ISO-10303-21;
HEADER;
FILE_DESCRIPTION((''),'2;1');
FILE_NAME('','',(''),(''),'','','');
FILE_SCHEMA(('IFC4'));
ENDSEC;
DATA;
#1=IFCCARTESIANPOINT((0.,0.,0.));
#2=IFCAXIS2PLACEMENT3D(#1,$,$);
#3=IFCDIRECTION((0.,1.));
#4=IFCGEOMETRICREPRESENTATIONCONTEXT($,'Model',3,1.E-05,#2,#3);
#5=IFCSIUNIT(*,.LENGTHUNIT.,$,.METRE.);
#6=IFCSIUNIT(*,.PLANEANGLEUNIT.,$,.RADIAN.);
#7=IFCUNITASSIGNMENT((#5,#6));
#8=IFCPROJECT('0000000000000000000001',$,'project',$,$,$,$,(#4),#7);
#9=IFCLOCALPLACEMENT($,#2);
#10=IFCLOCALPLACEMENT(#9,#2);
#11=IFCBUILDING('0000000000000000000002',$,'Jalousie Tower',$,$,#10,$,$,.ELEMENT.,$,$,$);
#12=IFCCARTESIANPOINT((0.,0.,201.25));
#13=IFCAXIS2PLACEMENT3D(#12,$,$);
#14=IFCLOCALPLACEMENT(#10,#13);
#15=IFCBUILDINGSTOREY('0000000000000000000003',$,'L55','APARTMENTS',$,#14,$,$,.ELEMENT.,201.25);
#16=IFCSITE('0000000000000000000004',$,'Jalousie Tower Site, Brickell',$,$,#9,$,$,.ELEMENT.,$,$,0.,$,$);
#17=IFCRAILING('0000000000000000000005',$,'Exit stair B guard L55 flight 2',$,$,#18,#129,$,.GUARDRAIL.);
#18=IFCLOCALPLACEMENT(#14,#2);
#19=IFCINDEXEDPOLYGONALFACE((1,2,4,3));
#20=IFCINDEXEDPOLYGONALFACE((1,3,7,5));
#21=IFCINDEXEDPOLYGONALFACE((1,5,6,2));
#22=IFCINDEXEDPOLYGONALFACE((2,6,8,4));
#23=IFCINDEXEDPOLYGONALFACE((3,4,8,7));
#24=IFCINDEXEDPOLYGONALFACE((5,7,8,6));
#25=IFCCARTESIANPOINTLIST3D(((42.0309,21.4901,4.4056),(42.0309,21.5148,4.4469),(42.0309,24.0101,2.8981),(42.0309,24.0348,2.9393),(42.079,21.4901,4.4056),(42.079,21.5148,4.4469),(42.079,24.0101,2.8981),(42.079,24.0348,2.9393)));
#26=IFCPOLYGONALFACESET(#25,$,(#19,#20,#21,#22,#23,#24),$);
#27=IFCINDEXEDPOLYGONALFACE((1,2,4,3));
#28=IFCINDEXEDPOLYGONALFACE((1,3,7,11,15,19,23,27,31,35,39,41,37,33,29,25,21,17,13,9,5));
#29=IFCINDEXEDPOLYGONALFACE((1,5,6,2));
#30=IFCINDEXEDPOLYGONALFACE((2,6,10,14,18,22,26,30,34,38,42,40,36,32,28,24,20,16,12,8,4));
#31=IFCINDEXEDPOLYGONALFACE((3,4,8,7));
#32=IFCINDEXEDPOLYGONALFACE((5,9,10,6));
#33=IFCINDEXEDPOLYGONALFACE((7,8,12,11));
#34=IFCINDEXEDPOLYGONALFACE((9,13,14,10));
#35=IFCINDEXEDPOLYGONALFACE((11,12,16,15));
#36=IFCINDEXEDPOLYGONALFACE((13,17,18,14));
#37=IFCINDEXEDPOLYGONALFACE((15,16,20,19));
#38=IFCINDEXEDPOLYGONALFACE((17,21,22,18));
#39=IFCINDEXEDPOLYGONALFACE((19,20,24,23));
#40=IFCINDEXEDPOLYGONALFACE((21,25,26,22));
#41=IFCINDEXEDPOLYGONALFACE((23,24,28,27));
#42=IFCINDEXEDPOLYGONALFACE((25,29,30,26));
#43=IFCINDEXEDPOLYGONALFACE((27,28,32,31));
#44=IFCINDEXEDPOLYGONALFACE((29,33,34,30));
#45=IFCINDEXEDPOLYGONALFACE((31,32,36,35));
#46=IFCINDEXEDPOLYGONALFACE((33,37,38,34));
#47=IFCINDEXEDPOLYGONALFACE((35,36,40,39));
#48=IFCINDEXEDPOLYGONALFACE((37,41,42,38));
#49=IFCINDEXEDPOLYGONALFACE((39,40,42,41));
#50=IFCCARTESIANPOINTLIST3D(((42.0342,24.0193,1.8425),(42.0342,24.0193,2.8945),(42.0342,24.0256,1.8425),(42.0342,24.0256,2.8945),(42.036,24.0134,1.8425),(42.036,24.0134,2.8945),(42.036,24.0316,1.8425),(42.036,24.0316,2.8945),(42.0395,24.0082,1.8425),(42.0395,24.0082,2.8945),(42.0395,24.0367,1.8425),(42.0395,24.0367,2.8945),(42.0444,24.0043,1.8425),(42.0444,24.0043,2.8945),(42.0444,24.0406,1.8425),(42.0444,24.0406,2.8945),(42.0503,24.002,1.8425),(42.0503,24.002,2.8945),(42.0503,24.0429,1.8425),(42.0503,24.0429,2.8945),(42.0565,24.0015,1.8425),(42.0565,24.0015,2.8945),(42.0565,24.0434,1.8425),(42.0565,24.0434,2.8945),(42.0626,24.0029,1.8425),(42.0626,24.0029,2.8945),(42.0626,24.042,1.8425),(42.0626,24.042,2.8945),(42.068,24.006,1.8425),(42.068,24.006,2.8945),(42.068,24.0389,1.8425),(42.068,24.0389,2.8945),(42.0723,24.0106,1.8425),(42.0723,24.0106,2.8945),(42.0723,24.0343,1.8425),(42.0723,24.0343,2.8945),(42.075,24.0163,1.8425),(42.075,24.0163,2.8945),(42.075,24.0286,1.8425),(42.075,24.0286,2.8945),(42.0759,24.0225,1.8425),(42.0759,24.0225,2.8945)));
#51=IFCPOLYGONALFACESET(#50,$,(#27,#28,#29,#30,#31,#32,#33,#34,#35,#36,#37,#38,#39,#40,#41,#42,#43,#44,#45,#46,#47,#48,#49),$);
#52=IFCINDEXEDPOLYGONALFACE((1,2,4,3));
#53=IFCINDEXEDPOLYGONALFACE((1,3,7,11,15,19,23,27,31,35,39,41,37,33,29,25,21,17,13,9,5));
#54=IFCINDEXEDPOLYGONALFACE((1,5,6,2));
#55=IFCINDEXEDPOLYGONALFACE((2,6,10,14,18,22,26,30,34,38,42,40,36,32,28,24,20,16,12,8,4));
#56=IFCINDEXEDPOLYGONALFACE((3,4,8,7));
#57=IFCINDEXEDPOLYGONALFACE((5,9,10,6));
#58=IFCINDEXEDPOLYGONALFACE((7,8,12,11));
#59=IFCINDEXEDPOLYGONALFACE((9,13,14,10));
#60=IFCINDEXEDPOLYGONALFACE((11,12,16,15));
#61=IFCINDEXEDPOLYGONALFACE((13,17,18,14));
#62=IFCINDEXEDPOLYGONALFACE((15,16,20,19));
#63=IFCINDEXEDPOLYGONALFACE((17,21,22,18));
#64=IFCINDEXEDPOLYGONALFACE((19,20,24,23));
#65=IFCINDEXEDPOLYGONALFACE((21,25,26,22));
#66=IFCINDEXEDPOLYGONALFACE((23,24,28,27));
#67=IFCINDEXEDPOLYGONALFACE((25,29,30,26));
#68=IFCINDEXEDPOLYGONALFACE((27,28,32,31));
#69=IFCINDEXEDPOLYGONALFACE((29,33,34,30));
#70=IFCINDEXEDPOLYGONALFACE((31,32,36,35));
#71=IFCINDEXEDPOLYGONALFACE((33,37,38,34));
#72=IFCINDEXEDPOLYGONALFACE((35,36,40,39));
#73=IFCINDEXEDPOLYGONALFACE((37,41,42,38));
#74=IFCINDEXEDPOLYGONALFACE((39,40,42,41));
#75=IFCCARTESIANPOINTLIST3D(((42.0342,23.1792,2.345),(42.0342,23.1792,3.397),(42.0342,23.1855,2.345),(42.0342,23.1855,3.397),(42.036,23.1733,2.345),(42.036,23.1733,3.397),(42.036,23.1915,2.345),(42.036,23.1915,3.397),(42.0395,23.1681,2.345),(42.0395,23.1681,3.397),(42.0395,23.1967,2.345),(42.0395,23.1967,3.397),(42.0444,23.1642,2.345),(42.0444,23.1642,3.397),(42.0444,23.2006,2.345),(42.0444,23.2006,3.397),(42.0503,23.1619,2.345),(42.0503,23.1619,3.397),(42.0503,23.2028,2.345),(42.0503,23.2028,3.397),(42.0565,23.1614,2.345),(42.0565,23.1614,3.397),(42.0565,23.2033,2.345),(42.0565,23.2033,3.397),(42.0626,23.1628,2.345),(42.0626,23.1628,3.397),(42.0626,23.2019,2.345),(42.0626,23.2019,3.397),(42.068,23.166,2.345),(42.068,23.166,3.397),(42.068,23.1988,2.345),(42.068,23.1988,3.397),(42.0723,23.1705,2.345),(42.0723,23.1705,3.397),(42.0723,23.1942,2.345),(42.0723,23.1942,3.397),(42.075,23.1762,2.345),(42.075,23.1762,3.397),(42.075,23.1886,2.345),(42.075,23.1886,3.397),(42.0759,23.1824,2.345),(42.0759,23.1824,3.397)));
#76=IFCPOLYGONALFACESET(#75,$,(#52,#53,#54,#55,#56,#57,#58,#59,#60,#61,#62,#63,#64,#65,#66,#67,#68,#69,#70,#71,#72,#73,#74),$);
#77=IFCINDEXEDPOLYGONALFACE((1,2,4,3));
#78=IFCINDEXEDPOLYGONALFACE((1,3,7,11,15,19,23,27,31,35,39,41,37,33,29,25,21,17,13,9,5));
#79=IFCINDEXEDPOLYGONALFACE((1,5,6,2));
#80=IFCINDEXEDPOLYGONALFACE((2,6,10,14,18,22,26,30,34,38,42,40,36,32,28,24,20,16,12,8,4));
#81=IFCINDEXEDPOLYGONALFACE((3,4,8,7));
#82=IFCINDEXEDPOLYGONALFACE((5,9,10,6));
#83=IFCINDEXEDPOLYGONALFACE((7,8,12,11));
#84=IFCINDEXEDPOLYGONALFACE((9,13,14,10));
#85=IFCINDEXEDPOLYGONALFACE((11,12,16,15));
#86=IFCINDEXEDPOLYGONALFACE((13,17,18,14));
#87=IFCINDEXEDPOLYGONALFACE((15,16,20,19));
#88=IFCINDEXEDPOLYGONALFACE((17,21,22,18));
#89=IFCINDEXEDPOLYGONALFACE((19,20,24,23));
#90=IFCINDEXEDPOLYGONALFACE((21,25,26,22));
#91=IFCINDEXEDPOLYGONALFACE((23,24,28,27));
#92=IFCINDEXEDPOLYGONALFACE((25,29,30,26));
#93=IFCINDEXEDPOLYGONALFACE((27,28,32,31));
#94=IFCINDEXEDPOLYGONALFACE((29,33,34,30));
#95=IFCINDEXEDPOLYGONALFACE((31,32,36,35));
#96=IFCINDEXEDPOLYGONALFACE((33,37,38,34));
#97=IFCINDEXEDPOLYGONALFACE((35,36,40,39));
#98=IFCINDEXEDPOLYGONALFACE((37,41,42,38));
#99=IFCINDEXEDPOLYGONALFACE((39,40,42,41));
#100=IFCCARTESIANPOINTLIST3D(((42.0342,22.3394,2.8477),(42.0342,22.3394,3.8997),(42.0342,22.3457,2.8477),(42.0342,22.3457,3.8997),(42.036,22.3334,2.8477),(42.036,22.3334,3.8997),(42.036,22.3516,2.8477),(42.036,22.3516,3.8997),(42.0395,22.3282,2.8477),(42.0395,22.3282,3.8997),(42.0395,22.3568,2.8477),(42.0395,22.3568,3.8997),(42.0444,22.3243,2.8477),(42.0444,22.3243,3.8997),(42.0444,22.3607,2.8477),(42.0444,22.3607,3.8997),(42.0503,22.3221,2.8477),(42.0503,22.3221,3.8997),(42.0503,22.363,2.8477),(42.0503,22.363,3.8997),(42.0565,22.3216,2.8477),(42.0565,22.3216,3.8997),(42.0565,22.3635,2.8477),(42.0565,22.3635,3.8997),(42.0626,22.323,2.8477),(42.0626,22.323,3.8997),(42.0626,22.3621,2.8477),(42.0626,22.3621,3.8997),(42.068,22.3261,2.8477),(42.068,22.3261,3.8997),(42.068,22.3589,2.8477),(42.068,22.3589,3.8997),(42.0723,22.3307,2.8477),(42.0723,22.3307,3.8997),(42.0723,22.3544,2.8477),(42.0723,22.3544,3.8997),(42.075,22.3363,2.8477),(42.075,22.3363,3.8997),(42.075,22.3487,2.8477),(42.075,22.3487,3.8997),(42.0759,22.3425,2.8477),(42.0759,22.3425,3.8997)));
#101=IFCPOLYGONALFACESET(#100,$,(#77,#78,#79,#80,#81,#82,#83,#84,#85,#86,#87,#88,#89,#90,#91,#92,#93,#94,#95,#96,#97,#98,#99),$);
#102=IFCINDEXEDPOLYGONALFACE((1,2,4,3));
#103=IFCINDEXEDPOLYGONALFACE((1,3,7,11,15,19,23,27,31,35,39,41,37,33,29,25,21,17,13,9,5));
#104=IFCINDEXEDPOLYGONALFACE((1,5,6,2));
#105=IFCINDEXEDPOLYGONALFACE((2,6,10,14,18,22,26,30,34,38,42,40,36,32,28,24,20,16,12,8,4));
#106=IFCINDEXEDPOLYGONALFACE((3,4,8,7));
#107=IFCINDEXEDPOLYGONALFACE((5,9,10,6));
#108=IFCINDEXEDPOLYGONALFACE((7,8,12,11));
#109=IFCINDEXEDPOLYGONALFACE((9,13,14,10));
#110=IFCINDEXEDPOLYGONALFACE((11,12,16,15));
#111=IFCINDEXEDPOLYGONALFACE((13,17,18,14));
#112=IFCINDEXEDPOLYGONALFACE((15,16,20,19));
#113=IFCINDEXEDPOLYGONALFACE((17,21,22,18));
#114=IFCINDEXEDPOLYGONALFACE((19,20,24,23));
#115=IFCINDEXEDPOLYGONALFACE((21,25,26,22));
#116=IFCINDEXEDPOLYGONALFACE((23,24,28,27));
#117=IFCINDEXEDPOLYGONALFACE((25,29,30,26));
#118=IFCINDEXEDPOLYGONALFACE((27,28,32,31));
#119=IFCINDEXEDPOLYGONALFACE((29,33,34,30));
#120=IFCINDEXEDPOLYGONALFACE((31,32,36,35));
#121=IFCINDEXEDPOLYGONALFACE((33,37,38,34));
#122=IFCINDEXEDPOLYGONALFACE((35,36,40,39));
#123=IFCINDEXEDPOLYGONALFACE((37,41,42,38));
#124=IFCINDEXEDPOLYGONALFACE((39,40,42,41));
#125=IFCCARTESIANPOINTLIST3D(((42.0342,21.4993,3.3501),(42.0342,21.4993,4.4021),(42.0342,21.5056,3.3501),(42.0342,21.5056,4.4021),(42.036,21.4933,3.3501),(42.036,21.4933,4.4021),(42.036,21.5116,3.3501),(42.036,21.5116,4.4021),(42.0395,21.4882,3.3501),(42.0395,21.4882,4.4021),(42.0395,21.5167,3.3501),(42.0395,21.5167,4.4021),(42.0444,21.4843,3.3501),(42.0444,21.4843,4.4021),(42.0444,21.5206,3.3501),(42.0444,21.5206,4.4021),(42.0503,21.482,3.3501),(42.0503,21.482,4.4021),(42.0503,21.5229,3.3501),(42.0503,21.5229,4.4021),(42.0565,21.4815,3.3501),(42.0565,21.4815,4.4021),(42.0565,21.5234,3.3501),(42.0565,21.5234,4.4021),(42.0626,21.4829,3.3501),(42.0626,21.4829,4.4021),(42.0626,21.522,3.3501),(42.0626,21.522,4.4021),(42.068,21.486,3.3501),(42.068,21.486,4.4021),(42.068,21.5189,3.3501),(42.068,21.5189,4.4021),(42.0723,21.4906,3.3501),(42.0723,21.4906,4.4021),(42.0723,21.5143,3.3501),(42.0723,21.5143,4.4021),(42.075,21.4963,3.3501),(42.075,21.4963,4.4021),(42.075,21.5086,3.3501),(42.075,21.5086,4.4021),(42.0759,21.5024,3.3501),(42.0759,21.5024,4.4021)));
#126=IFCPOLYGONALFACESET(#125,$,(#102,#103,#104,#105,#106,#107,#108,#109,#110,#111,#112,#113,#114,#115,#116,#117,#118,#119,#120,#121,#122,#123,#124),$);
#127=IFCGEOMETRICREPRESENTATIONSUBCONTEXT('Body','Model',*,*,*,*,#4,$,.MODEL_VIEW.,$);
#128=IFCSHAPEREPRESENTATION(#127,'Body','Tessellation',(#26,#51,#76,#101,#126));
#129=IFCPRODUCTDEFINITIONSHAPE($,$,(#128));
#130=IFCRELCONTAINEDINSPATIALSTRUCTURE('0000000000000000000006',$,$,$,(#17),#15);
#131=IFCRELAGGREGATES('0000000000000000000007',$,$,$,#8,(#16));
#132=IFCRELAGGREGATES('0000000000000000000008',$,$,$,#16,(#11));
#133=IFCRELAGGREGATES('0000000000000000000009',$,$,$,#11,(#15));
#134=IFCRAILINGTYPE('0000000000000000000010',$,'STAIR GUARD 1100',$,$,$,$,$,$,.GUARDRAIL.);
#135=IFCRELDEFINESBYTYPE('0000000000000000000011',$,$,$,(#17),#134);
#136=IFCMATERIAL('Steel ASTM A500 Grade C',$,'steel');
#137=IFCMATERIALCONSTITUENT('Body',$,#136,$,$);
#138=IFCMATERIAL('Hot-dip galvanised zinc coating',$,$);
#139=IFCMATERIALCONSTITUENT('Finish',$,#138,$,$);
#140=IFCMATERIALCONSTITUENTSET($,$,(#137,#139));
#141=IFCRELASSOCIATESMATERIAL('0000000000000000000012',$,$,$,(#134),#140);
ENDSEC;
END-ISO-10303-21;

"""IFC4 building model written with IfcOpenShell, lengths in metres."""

from ifc_helpers import new_model, si_unit, direction, frame, origin, origin_2d, place, context, subcontext, project, spatial, rectangle, circle, extrude, material, constituent, constituent_set, type_object, element, save


model = new_model("IFC4")

# Units and contexts
model_context = context("Model", 3, precision=1e-05, world=origin(), true_north=direction((0.0, 1.0)))
body_context = subcontext(model_context, "Body", "Model", "MODEL_VIEW")
ifc_project = project(units=[si_unit("LENGTHUNIT", "METRE"), si_unit("PLANEANGLEUNIT", "RADIAN")], contexts=[model_context])

# Site, building, storey
site_placement = place(None, origin())
site = spatial("IfcSite", under=ifc_project, at=site_placement, Name="Jalousie Tower Site, Brickell", CompositionType="ELEMENT", RefElevation=0.0)
building_placement = place(site_placement, origin())
building = spatial("IfcBuilding", under=site, at=building_placement, Name="Jalousie Tower", CompositionType="ELEMENT")
storey_placement = place(building_placement, frame((0.0, 0.0, 201.25)))
storey = spatial("IfcBuildingStorey", under=building, at=storey_placement, Name="L55", Description="APARTMENTS", CompositionType="ELEMENT", Elevation=201.25)

# Railing
ifc_material_1 = material(Name="Steel ASTM A500 Grade C", Category="steel")
ifc_constituent_1 = constituent(ifc_material_1, Name="Body")
ifc_material_2 = material(Name="Hot-dip galvanised zinc coating")
ifc_constituent_2 = constituent(ifc_material_2, Name="Finish")
ifc_constituent_set_1 = constituent_set(constituents=[ifc_constituent_1, ifc_constituent_2])
railing_type_1 = type_object("IfcRailingType", Name="STAIR GUARD 1100", PredefinedType="GUARDRAIL", material=ifc_constituent_set_1)
railing_1_placement = place(storey_placement, frame((42.0549, 24.0225, 1.8425)))
element("IfcRailing", 1, at=railing_1_placement, inside=storey, type_object=railing_type_1, Name="Exit stair B guard L55 flight 2", PredefinedType="GUARDRAIL", context=body_context, shape_type="SweptSolid", body=[
    extrude(rectangle(XDim=0.0481, YDim=0.0481, at=origin_2d()), frame((0.0, 0.0, 1.0762), z_axis=(0.0, -0.85816, 0.513383), x_axis=(1.0, 0.0, 0.0)), (0.0, 0.0, 1.0), 2.9365),
    extrude(circle(Radius=0.021, at=origin_2d()), origin(), (0.0, 0.0, 1.0), 1.052),
    extrude(circle(Radius=0.021, at=origin_2d()), frame((0.0, -0.8401, 0.5024)), (0.0, 0.0, 1.0), 1.052),
    extrude(circle(Radius=0.021, at=origin_2d()), frame((0.0, -1.6799, 1.0051)), (0.0, 0.0, 1.0), 1.052),
    extrude(circle(Radius=0.021, at=origin_2d()), frame((0.0, -2.52, 1.5076)), (0.0, 0.0, 1.0), 1.052),
])

save(model, "model.ifc")
